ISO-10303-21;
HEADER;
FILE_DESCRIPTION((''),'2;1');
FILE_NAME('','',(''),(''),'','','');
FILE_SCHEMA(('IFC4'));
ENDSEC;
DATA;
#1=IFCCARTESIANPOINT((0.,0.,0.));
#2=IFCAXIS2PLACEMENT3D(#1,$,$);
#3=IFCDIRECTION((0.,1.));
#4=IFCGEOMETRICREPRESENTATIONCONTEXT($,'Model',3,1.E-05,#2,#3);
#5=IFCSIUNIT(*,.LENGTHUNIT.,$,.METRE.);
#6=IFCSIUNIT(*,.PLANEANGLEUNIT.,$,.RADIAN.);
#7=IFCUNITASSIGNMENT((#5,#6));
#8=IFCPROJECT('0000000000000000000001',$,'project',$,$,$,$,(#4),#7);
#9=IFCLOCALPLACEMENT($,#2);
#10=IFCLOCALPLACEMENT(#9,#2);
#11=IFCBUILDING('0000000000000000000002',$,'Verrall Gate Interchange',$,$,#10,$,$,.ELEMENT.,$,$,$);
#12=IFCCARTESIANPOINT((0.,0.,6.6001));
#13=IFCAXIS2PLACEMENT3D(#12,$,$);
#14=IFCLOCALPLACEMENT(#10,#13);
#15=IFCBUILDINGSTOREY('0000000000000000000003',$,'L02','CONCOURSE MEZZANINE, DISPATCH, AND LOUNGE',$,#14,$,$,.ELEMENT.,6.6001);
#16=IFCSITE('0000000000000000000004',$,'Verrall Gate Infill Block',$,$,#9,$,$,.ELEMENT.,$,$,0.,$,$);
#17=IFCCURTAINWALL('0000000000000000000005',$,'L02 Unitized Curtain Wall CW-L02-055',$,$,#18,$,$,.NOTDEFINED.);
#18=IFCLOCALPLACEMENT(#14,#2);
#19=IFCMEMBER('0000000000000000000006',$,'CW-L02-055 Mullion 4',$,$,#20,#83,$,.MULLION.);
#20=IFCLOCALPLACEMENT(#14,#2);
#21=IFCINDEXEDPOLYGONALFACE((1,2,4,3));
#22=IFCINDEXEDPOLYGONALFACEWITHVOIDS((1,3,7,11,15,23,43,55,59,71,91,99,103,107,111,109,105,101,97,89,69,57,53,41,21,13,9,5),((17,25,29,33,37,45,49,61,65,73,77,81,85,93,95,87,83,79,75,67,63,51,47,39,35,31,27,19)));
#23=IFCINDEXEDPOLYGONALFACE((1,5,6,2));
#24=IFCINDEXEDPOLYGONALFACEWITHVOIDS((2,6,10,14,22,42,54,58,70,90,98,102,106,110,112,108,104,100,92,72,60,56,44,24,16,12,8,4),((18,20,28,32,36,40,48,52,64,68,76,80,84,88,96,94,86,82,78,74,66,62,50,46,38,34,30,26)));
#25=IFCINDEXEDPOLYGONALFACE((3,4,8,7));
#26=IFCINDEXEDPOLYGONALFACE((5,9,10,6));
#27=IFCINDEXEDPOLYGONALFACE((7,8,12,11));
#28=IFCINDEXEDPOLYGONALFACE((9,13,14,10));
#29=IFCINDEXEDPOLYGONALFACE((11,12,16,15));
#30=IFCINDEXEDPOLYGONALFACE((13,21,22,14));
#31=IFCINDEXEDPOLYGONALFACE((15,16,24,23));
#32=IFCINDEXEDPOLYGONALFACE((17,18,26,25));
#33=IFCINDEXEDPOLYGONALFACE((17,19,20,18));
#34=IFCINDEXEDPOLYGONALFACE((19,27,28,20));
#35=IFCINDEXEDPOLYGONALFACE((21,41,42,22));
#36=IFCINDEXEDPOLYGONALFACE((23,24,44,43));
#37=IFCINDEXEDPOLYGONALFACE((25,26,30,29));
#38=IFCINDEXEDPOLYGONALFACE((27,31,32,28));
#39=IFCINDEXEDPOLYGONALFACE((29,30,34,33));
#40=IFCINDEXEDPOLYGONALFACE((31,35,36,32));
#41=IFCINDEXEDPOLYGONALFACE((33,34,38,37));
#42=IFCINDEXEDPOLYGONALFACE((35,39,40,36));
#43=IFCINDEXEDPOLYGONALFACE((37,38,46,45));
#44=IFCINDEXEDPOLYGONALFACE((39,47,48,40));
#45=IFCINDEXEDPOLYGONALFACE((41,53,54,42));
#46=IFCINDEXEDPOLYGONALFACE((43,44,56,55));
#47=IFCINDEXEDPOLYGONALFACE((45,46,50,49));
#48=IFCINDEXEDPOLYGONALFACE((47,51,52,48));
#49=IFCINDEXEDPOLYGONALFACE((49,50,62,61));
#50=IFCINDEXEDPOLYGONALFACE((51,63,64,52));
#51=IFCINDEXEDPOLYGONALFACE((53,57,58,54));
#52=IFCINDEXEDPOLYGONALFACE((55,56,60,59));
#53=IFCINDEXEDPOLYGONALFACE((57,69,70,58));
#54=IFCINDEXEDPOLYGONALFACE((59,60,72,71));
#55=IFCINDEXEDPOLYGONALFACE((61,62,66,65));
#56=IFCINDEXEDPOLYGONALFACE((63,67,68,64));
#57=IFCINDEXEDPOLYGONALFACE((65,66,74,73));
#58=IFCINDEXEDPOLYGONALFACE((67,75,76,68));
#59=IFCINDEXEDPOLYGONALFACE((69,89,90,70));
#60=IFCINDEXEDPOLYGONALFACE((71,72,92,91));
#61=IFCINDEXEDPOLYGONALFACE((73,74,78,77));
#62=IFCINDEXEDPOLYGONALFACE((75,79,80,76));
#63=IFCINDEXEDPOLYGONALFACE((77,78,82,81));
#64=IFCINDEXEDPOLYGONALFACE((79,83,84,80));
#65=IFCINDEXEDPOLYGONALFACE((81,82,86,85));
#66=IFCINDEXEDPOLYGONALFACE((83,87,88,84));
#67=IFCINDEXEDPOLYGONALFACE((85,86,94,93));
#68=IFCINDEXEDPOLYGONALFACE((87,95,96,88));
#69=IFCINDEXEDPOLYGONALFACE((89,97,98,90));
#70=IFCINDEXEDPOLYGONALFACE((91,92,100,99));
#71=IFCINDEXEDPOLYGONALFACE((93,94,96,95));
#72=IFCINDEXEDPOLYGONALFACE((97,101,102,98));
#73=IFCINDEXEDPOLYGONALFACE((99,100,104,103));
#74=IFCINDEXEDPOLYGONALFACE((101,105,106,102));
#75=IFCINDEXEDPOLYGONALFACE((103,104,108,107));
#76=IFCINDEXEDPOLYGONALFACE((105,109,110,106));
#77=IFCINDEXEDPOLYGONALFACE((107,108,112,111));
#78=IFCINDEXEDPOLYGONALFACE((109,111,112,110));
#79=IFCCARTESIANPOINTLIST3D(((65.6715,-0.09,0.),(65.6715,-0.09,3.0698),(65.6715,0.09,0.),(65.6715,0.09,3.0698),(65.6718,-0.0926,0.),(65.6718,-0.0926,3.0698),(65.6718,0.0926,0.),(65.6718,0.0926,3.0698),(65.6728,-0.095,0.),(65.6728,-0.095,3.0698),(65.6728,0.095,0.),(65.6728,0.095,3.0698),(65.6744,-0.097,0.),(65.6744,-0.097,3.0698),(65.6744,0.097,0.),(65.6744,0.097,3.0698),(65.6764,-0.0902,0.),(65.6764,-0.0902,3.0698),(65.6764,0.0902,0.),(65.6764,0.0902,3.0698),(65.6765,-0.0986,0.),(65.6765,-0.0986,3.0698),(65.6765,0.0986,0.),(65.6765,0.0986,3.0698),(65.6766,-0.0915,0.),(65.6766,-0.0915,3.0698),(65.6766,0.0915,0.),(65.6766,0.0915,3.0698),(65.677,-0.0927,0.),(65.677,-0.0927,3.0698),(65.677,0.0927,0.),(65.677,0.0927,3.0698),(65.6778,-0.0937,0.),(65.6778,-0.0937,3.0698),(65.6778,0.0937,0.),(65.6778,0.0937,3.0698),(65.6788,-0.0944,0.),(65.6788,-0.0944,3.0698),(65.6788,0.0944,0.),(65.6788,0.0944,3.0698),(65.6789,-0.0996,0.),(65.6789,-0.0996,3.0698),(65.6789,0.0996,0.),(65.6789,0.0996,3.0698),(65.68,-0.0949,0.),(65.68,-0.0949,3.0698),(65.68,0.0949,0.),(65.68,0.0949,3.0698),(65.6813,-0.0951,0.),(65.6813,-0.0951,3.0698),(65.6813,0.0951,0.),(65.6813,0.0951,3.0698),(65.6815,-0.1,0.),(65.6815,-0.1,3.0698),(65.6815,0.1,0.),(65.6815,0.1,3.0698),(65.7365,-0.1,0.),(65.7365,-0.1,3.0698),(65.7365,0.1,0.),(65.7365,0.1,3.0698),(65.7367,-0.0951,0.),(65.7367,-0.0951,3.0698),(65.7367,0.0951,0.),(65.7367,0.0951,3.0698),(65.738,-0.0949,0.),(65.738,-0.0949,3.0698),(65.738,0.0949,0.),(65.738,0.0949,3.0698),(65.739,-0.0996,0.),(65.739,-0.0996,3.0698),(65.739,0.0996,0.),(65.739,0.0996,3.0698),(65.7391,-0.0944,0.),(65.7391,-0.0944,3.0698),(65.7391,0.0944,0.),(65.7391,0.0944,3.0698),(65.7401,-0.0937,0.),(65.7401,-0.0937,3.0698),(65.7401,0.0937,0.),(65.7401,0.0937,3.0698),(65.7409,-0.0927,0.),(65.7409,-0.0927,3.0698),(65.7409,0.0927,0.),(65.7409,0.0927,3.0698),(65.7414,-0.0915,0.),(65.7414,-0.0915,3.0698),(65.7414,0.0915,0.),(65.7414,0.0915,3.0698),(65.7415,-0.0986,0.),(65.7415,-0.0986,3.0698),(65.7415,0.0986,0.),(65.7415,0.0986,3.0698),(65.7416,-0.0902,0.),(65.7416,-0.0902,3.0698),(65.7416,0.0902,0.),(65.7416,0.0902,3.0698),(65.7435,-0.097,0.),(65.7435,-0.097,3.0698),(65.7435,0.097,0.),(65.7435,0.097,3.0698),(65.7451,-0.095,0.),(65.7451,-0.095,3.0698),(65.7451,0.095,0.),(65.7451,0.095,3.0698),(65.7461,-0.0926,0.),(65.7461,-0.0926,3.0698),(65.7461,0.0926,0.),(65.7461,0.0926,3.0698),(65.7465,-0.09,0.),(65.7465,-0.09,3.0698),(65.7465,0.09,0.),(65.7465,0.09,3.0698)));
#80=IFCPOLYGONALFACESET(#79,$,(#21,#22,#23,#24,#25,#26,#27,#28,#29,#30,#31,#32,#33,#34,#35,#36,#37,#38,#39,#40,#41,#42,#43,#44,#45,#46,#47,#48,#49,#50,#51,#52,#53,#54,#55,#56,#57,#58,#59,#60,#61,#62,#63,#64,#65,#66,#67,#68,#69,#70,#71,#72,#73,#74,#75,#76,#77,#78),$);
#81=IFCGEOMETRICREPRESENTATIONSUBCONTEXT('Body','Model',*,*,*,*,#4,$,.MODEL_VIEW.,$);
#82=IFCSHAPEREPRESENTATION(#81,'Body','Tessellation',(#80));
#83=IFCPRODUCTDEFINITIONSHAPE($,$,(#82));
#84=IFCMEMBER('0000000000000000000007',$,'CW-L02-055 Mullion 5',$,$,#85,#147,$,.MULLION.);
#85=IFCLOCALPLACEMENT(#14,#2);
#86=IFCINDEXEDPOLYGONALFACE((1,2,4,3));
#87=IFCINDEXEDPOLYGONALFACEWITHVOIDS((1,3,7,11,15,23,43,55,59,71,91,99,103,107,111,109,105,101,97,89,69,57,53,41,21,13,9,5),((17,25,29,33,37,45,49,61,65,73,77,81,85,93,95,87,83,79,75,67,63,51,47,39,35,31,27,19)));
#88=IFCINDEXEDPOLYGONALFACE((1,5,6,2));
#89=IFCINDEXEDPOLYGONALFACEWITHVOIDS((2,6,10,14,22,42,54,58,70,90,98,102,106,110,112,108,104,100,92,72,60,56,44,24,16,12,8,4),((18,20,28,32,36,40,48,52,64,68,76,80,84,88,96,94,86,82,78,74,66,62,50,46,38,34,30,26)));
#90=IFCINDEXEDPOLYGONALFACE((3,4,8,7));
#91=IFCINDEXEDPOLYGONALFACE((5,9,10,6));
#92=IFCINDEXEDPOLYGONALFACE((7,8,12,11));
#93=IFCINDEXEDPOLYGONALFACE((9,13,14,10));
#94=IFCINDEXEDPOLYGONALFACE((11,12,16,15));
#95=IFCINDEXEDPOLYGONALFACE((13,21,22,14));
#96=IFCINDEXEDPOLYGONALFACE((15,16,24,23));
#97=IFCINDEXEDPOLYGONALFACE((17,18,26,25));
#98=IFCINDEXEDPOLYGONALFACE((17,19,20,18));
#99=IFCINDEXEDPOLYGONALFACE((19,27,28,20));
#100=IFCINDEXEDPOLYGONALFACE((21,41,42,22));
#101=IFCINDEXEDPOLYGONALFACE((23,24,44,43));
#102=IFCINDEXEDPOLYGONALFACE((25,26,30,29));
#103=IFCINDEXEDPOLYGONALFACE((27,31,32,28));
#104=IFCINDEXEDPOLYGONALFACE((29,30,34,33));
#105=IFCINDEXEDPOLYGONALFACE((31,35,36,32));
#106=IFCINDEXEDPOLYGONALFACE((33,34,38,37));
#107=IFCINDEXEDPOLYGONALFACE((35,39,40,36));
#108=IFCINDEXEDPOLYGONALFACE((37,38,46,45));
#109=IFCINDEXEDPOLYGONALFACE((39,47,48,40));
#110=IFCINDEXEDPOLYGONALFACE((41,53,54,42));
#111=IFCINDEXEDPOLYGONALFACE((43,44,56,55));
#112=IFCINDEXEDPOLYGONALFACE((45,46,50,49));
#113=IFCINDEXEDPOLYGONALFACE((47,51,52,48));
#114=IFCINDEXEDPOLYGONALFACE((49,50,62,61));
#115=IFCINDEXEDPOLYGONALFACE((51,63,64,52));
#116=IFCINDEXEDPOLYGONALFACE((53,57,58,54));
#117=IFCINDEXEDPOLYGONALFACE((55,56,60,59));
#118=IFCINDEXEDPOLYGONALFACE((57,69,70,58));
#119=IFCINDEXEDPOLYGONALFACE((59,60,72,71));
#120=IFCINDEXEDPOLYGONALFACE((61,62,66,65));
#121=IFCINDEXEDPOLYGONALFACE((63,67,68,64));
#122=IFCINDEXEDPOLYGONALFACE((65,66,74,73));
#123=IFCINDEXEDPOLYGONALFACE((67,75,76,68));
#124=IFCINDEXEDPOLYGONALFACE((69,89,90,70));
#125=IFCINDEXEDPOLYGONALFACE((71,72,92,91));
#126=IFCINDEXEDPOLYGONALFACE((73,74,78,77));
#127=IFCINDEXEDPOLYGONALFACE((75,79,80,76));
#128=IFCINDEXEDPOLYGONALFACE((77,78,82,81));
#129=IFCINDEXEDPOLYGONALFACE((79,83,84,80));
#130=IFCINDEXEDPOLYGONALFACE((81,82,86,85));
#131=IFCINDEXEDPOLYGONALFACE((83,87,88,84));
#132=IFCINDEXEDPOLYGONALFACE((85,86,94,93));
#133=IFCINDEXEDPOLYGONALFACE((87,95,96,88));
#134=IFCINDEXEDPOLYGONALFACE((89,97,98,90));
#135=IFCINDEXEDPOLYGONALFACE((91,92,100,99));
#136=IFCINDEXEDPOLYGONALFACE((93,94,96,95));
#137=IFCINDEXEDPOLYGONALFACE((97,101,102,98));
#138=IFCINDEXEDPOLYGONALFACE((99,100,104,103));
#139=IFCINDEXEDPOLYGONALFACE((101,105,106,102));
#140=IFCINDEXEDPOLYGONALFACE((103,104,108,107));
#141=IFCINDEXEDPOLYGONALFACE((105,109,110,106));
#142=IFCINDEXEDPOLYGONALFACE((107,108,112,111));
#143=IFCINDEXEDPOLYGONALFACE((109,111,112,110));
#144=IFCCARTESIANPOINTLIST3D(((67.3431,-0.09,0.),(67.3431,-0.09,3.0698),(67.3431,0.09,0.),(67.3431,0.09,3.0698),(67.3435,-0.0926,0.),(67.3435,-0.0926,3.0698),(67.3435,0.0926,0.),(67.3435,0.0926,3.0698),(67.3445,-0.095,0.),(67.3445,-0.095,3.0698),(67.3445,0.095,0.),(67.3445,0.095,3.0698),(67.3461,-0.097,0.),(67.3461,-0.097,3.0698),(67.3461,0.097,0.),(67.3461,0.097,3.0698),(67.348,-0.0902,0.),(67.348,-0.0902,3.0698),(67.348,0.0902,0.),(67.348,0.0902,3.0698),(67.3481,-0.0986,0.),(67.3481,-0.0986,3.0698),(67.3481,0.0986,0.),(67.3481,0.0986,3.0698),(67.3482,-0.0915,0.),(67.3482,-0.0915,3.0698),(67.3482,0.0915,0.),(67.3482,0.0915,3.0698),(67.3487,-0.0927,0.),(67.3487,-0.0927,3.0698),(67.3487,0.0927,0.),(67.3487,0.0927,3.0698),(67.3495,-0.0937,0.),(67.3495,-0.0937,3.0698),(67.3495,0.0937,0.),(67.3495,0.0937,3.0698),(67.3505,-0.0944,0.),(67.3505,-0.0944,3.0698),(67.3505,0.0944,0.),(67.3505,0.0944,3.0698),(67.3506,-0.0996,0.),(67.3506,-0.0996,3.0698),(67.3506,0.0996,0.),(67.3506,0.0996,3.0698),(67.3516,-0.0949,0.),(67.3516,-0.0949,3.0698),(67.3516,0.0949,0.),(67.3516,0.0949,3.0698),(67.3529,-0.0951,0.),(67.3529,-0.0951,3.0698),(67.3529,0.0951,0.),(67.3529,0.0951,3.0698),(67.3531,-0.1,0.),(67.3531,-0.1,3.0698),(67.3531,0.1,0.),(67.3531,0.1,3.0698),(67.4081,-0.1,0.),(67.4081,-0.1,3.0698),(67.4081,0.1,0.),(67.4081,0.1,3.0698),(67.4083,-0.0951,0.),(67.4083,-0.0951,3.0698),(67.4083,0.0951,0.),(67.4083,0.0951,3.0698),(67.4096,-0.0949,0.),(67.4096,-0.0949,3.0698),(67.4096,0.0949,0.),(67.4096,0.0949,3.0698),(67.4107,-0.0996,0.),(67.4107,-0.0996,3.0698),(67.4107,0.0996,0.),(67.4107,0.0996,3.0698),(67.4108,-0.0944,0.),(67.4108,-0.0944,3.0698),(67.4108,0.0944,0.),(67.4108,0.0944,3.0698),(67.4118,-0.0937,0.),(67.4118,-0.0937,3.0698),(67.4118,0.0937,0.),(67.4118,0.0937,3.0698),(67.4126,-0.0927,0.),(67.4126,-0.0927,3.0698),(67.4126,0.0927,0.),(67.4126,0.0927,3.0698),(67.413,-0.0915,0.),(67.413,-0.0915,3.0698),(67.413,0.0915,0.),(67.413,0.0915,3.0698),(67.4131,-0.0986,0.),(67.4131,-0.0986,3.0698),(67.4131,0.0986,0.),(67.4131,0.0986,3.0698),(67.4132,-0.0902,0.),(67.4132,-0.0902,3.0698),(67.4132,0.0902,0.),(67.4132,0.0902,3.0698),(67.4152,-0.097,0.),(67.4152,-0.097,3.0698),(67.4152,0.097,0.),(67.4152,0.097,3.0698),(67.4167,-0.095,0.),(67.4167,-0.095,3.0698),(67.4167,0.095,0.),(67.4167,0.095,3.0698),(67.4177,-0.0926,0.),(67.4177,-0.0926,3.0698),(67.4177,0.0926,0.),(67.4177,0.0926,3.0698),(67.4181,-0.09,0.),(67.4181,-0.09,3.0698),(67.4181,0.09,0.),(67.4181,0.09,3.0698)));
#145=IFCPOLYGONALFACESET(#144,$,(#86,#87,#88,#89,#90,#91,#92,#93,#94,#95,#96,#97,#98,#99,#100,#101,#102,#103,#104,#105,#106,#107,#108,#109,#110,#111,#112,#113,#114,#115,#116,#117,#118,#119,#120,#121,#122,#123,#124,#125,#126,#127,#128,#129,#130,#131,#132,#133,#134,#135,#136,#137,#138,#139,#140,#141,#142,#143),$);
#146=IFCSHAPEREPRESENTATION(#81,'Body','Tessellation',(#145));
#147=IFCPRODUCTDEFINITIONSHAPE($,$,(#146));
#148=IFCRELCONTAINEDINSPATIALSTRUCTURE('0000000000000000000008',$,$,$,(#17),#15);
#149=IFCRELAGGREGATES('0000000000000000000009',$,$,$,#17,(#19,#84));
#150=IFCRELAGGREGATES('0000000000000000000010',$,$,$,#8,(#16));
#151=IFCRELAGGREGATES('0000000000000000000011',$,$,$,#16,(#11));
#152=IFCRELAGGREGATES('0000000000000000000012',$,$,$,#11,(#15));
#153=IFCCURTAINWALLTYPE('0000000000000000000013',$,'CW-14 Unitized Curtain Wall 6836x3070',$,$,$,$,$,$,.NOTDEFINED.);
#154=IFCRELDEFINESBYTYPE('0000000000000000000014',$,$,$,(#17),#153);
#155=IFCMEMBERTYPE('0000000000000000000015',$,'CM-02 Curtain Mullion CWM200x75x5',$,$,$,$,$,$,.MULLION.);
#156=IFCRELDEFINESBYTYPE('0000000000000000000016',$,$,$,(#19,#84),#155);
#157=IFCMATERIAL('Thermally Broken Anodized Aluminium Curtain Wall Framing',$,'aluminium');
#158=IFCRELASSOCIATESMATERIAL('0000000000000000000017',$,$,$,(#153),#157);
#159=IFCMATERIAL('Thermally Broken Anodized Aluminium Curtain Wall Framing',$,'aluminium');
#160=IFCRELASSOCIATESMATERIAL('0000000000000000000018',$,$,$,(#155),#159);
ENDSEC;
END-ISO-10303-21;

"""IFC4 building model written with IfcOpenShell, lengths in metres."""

from ifc_helpers import new_model, si_unit, direction, frame, origin, origin_2d, place, context, subcontext, project, spatial, hollow_rectangle, extrude, material, material_profile, profile_set, type_object, element, aggregate, save


model = new_model("IFC4")

# Units and contexts
model_context = context("Model", 3, precision=1e-05, world=origin(), true_north=direction((0.0, 1.0)))
body_context = subcontext(model_context, "Body", "Model", "MODEL_VIEW")
ifc_project = project(units=[si_unit("LENGTHUNIT", "METRE"), si_unit("PLANEANGLEUNIT", "RADIAN")], contexts=[model_context])

# Site, building, storey
site_placement = place(None, origin())
site = spatial("IfcSite", under=ifc_project, at=site_placement, Name="Verrall Gate Infill Block", CompositionType="ELEMENT", RefElevation=0.0)
building_placement = place(site_placement, origin())
building = spatial("IfcBuilding", under=site, at=building_placement, Name="Verrall Gate Interchange", CompositionType="ELEMENT")
storey_placement = place(building_placement, frame((0.0, 0.0, 6.6001)))
storey = spatial("IfcBuildingStorey", under=building, at=storey_placement, Name="L02", Description="CONCOURSE MEZZANINE, DISPATCH, AND LOUNGE", CompositionType="ELEMENT", Elevation=6.6001)

# Curtain wall, members
ifc_material_1 = material(Name="Thermally Broken Anodized Aluminium Curtain Wall Framing", Category="aluminium")
curtain_wall_type = type_object("IfcCurtainWallType", Name="CW-14 Unitized Curtain Wall 6836x3070", PredefinedType="NOTDEFINED", material=ifc_material_1)
curtain_wall_1_placement = place(storey_placement, origin())
curtain_wall_1 = element("IfcCurtainWall", 1, at=curtain_wall_1_placement, inside=storey, type_object=curtain_wall_type, Name="L02 Unitized Curtain Wall CW-L02-055", PredefinedType="NOTDEFINED")
ifc_material_2 = material(Name="Thermally Broken Anodized Aluminium Curtain Wall Framing", Category="aluminium")
ifc_material_profile_1 = material_profile(ifc_material_2, hollow_rectangle(XDim=0.075, YDim=0.2, WallThickness=0.0049, InnerFilletRadius=0.0049, OuterFilletRadius=0.01, at=origin_2d()), Name="CWM200x75x5")
ifc_profile_set_1 = profile_set([ifc_material_profile_1], Name="Thermally Broken Anodized Aluminium Curtain Wall Framing")
member_type_1 = type_object("IfcMemberType", Name="CM-02 Curtain Mullion CWM200x75x5", PredefinedType="MULLION", material=ifc_profile_set_1)
member_1_placement = place(storey_placement, frame((65.709, 0.0, 0.0), z_axis=(0.0, 0.0, 1.0), x_axis=(1.0, 0.0, 0.0)))
member_1 = element("IfcMember", 2, at=member_1_placement, type_object=member_type_1, Name="CW-L02-055 Mullion 4", PredefinedType="MULLION", context=body_context, shape_type="SweptSolid", body=[
    extrude(hollow_rectangle(XDim=0.075, YDim=0.2, WallThickness=0.0049, InnerFilletRadius=0.0049, OuterFilletRadius=0.01, at=origin_2d()), origin(), (0.0, 0.0, 1.0), 3.0698),
])
member_2_placement = place(storey_placement, frame((67.3806, 0.0, 0.0), z_axis=(0.0, 0.0, 1.0), x_axis=(1.0, 0.0, 0.0)))
member_2 = element("IfcMember", 3, at=member_2_placement, type_object=member_type_1, Name="CW-L02-055 Mullion 5", PredefinedType="MULLION", context=body_context, shape_type="SweptSolid", body=[
    extrude(hollow_rectangle(XDim=0.075, YDim=0.2, WallThickness=0.0049, InnerFilletRadius=0.0049, OuterFilletRadius=0.01, at=origin_2d()), origin(), (0.0, 0.0, 1.0), 3.0698),
])

aggregate(curtain_wall_1, [member_1, member_2])

save(model, "model.ifc")
